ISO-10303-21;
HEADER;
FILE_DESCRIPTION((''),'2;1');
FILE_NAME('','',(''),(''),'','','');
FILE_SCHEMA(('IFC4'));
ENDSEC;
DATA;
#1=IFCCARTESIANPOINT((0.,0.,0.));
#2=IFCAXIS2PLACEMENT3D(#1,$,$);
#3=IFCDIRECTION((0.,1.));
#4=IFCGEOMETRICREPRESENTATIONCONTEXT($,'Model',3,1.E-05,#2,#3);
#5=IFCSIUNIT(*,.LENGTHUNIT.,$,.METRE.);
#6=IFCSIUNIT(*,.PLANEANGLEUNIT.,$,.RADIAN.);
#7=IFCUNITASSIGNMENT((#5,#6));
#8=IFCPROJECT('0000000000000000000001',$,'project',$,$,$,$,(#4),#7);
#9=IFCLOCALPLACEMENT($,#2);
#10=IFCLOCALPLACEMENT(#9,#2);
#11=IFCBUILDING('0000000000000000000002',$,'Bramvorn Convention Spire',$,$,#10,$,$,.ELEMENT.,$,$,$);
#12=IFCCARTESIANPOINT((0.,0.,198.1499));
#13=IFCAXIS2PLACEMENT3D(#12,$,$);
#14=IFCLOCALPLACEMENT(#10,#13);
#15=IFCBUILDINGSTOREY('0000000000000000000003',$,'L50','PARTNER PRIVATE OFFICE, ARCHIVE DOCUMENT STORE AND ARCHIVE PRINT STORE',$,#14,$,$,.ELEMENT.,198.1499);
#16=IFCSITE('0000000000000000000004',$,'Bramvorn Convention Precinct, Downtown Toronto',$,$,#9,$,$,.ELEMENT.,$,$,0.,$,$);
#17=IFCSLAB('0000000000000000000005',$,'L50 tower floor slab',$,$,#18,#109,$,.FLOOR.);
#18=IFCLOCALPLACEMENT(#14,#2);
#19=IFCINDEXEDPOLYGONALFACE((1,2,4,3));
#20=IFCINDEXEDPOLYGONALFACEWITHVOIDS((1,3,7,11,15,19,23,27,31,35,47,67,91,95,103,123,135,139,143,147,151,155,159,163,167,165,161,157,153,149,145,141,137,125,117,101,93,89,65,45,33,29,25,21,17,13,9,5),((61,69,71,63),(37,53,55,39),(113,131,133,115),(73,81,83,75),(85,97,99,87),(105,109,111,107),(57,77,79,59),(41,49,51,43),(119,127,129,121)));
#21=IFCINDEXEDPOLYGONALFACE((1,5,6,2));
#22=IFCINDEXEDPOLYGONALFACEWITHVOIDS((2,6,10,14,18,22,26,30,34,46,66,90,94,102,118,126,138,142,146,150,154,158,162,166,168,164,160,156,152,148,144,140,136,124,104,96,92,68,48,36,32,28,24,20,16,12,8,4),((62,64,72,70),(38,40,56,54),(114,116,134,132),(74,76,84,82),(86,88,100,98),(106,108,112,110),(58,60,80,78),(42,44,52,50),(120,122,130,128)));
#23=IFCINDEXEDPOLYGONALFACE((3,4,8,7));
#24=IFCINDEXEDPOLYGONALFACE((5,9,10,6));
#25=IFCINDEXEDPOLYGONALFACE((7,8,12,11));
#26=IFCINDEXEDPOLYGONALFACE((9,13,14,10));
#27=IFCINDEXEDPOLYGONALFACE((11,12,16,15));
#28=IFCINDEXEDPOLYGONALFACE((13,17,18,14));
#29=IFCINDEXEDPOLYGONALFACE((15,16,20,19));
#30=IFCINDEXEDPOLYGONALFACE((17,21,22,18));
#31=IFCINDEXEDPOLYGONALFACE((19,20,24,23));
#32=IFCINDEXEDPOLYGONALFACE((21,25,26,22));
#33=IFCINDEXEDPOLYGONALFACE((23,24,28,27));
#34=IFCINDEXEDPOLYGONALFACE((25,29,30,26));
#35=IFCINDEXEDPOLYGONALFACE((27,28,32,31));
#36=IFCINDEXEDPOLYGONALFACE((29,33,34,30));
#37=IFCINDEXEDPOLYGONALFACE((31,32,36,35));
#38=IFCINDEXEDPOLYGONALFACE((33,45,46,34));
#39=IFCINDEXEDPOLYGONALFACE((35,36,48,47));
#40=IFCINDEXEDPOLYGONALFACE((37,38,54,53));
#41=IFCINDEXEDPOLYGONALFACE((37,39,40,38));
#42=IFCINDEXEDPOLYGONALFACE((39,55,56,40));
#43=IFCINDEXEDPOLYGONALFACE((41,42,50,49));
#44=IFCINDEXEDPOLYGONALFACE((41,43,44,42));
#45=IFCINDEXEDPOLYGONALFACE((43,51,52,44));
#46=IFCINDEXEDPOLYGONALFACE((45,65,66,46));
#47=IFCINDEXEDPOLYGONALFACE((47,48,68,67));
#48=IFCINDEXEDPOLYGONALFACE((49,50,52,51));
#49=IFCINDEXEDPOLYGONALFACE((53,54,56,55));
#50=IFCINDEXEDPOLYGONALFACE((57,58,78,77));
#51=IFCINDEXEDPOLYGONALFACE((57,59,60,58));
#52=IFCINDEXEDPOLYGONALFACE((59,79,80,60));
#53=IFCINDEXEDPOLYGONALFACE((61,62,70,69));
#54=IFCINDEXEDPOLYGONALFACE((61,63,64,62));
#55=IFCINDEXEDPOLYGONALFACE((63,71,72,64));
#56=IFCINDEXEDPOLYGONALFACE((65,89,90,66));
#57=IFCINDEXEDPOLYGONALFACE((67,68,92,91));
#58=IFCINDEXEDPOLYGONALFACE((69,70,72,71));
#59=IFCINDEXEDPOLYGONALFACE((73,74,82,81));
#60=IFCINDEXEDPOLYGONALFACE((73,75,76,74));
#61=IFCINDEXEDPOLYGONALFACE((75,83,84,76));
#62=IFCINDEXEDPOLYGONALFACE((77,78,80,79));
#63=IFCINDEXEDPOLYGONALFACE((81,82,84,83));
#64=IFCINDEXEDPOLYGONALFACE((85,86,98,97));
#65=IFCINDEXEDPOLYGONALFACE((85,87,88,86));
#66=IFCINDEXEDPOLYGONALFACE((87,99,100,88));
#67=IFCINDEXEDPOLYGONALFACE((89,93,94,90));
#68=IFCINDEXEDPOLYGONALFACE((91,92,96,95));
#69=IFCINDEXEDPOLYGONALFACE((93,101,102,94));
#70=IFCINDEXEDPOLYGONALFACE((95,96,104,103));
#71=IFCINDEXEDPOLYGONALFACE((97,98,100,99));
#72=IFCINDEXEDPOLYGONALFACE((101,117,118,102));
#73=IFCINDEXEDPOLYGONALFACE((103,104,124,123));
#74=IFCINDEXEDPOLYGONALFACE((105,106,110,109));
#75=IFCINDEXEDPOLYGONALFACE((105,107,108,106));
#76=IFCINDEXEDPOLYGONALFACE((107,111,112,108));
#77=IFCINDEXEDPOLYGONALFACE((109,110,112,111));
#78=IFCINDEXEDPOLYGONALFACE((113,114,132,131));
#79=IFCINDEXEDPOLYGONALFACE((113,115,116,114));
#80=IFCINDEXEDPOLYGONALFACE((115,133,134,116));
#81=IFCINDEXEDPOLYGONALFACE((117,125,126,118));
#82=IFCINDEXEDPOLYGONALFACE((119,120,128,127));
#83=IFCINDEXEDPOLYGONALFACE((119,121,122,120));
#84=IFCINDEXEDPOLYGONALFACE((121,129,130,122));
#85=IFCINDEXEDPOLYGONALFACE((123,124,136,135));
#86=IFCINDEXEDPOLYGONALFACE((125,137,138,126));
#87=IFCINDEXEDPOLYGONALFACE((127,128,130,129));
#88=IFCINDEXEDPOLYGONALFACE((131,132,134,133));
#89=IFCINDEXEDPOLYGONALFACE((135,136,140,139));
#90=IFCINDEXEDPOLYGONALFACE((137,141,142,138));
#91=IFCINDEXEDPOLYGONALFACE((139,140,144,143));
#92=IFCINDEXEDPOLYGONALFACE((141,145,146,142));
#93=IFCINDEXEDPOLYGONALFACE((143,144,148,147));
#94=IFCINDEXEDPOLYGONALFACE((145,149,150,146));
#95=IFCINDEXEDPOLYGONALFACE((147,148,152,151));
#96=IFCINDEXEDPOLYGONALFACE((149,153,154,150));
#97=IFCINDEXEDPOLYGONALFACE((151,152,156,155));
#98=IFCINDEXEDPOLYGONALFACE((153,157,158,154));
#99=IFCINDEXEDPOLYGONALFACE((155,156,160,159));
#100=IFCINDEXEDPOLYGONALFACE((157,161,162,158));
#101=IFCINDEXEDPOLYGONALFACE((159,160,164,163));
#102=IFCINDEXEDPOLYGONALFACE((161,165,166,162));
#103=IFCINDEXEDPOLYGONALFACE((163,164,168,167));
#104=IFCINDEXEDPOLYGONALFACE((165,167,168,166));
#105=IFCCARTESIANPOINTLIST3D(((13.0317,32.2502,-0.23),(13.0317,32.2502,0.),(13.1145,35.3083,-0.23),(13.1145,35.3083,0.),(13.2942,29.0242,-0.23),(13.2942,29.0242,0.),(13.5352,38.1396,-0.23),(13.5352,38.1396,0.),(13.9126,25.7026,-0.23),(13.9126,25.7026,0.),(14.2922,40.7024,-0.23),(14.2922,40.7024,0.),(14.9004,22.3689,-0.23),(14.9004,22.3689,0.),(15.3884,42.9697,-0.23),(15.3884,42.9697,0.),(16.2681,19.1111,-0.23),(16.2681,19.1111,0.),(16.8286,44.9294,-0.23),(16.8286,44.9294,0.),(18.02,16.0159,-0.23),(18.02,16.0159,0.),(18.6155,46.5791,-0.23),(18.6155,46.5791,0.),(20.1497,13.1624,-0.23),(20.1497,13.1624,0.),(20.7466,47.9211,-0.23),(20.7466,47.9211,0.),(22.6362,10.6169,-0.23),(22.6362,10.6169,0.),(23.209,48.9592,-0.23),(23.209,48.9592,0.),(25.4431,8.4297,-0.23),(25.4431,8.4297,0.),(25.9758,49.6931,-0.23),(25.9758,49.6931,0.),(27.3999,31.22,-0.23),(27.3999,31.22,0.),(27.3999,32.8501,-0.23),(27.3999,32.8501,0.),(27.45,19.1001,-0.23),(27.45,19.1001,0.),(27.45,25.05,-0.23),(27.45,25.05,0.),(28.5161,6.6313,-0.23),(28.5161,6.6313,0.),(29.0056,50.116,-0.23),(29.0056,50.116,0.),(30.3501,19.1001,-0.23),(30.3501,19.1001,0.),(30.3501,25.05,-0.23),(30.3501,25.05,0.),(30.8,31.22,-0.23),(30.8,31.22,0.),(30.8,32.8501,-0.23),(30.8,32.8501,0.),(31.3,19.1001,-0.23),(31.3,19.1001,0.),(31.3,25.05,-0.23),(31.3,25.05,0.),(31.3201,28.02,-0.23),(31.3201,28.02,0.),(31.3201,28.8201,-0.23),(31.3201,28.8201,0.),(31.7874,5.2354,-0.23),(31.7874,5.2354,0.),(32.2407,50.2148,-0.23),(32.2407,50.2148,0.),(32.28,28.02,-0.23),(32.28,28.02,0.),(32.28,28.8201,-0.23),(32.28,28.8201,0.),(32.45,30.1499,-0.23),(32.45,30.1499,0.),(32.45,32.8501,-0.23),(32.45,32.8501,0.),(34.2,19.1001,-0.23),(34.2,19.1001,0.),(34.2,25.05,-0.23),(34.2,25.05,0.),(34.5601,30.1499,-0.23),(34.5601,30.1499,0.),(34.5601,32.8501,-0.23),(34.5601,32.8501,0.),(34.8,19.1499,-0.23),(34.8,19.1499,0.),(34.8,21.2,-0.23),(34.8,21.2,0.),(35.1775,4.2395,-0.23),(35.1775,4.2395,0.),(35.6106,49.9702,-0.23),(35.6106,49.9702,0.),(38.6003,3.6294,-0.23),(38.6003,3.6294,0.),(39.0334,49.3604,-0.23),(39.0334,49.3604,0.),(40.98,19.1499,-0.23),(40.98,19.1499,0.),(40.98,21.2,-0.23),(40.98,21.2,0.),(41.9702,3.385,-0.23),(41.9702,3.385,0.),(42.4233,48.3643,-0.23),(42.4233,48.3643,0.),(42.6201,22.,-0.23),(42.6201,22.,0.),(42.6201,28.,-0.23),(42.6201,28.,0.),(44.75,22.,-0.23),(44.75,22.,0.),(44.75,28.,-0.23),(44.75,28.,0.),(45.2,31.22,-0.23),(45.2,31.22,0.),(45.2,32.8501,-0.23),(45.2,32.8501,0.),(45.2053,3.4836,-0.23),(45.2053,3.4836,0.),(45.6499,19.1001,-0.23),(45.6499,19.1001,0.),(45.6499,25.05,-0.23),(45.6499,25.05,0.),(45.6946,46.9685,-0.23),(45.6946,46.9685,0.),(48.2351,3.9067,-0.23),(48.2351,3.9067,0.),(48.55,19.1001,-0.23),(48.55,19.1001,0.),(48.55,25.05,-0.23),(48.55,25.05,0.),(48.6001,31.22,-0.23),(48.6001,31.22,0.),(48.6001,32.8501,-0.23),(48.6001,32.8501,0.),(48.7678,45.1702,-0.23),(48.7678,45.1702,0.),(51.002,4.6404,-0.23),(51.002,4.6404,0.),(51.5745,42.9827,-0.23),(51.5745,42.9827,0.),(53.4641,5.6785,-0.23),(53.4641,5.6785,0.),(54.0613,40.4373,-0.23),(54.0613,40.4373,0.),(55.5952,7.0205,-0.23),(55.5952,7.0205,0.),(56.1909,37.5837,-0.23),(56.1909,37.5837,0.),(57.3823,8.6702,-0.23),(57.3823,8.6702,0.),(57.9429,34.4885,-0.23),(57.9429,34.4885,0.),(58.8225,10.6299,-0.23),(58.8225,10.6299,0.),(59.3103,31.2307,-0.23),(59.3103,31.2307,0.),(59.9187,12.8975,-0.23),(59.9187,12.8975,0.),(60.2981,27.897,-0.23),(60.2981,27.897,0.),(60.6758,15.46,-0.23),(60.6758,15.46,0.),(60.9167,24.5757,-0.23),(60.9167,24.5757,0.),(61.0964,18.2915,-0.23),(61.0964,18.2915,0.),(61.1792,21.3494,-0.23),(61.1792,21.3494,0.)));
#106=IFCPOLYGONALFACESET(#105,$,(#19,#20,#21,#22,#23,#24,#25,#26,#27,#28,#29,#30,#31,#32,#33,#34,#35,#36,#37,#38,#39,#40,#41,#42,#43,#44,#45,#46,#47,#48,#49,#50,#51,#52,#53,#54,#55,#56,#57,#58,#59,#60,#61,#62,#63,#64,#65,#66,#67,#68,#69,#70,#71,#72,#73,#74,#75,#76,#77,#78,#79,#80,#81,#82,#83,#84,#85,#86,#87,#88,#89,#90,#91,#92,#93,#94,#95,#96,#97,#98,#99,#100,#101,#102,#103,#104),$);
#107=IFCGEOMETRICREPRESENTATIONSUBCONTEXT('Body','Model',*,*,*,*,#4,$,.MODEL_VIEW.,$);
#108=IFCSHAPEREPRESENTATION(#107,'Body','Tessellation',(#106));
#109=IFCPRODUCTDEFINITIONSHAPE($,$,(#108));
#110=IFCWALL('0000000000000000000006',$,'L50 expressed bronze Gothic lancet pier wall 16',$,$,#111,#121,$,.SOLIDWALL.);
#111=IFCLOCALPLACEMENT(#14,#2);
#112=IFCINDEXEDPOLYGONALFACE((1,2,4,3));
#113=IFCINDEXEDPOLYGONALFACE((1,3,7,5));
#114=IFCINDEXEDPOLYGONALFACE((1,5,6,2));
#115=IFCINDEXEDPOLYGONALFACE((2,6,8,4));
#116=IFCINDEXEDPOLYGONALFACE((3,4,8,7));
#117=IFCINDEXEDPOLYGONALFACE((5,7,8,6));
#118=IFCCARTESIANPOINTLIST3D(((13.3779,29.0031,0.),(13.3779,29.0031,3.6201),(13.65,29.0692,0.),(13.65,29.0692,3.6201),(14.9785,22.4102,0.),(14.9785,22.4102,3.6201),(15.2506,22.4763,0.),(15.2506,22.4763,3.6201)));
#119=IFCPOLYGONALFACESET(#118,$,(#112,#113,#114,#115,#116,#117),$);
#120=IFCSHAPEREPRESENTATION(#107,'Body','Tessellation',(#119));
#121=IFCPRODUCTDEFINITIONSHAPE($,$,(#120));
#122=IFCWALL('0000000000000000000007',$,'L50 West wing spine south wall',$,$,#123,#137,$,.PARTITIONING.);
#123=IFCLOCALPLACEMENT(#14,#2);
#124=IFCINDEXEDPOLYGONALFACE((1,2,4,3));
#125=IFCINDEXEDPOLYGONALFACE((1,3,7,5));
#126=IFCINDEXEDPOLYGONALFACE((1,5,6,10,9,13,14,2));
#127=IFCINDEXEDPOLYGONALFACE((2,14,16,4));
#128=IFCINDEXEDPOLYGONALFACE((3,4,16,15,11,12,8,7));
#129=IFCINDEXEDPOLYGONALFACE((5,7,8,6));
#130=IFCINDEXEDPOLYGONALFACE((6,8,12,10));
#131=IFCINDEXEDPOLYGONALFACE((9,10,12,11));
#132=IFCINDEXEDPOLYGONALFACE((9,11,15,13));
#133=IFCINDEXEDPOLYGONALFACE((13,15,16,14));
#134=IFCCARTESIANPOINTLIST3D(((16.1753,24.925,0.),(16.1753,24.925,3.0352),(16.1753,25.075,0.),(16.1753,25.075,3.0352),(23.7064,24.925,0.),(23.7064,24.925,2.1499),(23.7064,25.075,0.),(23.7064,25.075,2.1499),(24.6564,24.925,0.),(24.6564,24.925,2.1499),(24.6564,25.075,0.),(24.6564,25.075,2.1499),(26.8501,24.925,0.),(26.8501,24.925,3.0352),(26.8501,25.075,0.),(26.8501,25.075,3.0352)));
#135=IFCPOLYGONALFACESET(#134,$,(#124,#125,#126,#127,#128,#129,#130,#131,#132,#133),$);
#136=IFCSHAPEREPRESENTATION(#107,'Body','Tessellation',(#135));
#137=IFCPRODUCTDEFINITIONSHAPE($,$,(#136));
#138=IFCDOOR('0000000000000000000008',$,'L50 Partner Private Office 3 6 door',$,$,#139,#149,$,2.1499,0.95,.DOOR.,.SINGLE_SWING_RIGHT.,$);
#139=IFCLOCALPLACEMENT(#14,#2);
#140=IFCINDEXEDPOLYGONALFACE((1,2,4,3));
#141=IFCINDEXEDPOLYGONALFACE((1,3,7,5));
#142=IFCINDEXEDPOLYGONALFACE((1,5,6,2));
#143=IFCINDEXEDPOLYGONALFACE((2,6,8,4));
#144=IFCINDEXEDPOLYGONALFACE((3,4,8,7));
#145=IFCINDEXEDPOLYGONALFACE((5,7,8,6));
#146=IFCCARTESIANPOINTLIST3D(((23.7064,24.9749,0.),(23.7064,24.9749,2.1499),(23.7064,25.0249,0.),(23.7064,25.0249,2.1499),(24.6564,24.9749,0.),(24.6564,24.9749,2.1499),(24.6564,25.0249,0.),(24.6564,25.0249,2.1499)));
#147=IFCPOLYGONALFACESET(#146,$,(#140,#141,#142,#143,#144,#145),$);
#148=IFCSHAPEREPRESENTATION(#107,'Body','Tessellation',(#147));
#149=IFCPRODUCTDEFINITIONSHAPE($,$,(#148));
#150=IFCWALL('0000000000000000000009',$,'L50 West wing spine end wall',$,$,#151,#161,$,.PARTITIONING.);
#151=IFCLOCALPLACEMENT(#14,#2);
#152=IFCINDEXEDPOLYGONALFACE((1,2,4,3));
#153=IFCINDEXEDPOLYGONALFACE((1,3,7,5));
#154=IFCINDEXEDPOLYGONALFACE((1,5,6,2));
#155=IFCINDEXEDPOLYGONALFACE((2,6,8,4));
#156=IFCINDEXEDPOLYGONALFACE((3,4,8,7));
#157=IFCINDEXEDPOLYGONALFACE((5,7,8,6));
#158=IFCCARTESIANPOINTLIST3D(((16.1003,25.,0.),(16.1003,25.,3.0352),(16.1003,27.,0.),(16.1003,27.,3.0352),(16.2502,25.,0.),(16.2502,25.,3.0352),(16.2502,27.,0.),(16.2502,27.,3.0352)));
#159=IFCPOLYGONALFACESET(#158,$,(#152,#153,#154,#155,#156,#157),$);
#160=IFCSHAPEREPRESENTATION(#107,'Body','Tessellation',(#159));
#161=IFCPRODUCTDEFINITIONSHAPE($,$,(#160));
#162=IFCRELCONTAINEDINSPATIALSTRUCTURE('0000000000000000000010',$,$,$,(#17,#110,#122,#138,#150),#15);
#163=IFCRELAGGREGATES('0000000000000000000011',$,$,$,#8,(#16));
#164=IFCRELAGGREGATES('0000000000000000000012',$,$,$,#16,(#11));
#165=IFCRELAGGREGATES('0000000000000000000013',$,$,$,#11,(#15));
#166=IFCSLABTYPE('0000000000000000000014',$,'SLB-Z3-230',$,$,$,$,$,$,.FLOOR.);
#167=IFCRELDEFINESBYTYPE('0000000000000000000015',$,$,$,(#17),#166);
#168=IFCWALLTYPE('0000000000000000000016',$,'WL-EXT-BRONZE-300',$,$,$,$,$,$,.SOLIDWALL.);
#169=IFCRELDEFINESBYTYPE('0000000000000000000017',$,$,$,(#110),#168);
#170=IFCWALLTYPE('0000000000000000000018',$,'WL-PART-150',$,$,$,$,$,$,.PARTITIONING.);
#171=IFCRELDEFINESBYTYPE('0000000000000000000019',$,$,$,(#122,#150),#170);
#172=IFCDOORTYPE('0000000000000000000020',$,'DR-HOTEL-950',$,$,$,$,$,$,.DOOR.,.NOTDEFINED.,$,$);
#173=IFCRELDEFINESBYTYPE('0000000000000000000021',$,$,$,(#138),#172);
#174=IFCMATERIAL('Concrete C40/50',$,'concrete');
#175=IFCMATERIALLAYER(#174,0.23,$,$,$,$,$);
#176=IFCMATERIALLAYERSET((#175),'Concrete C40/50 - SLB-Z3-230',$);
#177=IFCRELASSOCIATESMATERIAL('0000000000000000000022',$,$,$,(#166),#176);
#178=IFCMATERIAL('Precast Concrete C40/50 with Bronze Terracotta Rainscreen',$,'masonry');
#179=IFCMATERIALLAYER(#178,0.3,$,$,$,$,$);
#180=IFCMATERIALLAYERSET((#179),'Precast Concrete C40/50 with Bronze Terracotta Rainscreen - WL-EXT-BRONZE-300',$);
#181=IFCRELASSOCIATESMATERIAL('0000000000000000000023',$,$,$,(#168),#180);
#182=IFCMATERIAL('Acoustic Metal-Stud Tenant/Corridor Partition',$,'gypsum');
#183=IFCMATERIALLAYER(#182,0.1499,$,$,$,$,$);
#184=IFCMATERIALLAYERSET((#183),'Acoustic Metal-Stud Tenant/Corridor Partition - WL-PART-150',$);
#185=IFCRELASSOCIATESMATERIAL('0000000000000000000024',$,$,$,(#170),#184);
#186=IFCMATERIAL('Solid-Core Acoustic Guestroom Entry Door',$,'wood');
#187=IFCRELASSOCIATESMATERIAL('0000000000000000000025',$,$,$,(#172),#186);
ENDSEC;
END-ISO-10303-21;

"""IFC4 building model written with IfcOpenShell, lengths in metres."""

from ifc_helpers import new_model, si_unit, direction, frame, frame_2d, origin, place, context, subcontext, project, spatial, polyline, rectangle, outline, extrude, material, layer, layer_set, type_object, element, fill, save


model = new_model("IFC4")

# Units and contexts
model_context = context("Model", 3, precision=1e-05, world=origin(), true_north=direction((0.0, 1.0)))
body_context = subcontext(model_context, "Body", "Model", "MODEL_VIEW")
ifc_project = project(units=[si_unit("LENGTHUNIT", "METRE"), si_unit("PLANEANGLEUNIT", "RADIAN")], contexts=[model_context])

# Site, building, storey
site_placement = place(None, origin())
site = spatial("IfcSite", under=ifc_project, at=site_placement, Name="Bramvorn Convention Precinct, Downtown Toronto", CompositionType="ELEMENT", RefElevation=0.0)
building_placement = place(site_placement, origin())
building = spatial("IfcBuilding", under=site, at=building_placement, Name="Bramvorn Convention Spire", CompositionType="ELEMENT")
storey_placement = place(building_placement, frame((0.0, 0.0, 198.1499)))
storey = spatial("IfcBuildingStorey", under=building, at=storey_placement, Name="L50", Description="PARTNER PRIVATE OFFICE, ARCHIVE DOCUMENT STORE AND ARCHIVE PRINT STORE", CompositionType="ELEMENT", Elevation=198.1499)

# Slab
ifc_material_1 = material(Name="Concrete C40/50", Category="concrete")
ifc_layer_1 = layer(ifc_material_1, 0.23)
ifc_layer_set_1 = layer_set([ifc_layer_1], Name="Concrete C40/50 - SLB-Z3-230")
slab_type_1 = type_object("IfcSlabType", Name="SLB-Z3-230", PredefinedType="FLOOR", material=ifc_layer_set_1)
slab_1_placement = place(storey_placement, frame((0.0, 0.0, -0.23)))
element("IfcSlab", 1, at=slab_1_placement, inside=storey, type_object=slab_type_1, Name="L50 tower floor slab", PredefinedType="FLOOR", context=body_context, shape_type="SweptSolid", body=[
    extrude(outline(polyline([(57.3823, 8.6702), (58.8225, 10.6299), (59.9187, 12.8975), (60.6758, 15.46), (61.0964, 18.2915), (61.1792, 21.3494), (60.9167, 24.5757), (60.2981, 27.897), (59.3103, 31.2307), (57.9429, 34.4885), (56.1909, 37.5837), (54.0613, 40.4373), (51.5745, 42.9827), (48.7678, 45.1702), (45.6946, 46.9685), (42.4233, 48.3643), (39.0334, 49.3604), (35.6106, 49.9702), (32.2407, 50.2148), (29.0056, 50.116), (25.9758, 49.6931), (23.209, 48.9592), (20.7466, 47.9211), (18.6155, 46.5791), (16.8286, 44.9294), (15.3884, 42.9697), (14.2922, 40.7024), (13.5352, 38.1396), (13.1145, 35.3083), (13.0317, 32.2502), (13.2942, 29.0242), (13.9126, 25.7026), (14.9004, 22.3689), (16.2681, 19.1111), (18.02, 16.0159), (20.1497, 13.1624), (22.6362, 10.6169), (25.4431, 8.4297), (28.5161, 6.6313), (31.7874, 5.2354), (35.1775, 4.2395), (38.6003, 3.6294), (41.9702, 3.385), (45.2053, 3.4836), (48.2351, 3.9067), (51.002, 4.6404), (53.4641, 5.6785), (55.5952, 7.0205), (57.3823, 8.6702)]), holes=[polyline([(27.45, 25.05), (27.45, 19.1001), (30.3501, 19.1001), (30.3501, 25.05), (27.45, 25.05)]), polyline([(45.6499, 25.05), (45.6499, 19.1001), (48.55, 19.1001), (48.55, 25.05), (45.6499, 25.05)]), polyline([(31.3, 25.05), (31.3, 19.1001), (34.2, 19.1001), (34.2, 25.05), (31.3, 25.05)]), polyline([(27.3999, 31.22), (30.8, 31.22), (30.8, 32.8501), (27.3999, 32.8501), (27.3999, 31.22)]), polyline([(45.2, 31.22), (48.6001, 31.22), (48.6001, 32.8501), (45.2, 32.8501), (45.2, 31.22)]), polyline([(32.45, 30.1499), (34.5601, 30.1499), (34.5601, 32.8501), (32.45, 32.8501), (32.45, 30.1499)]), polyline([(34.8, 19.1499), (40.98, 19.1499), (40.98, 21.2), (34.8, 21.2), (34.8, 19.1499)]), polyline([(42.6201, 22.0), (44.75, 22.0), (44.75, 28.0), (42.6201, 28.0), (42.6201, 22.0)]), polyline([(31.3201, 28.02), (32.28, 28.02), (32.28, 28.8201), (31.3201, 28.8201), (31.3201, 28.02)])]), origin(), (0.0, 0.0, 1.0), 0.23),
])

# Wall
ifc_material_2 = material(Name="Precast Concrete C40/50 with Bronze Terracotta Rainscreen", Category="masonry")
ifc_layer_2 = layer(ifc_material_2, 0.3)
ifc_layer_set_2 = layer_set([ifc_layer_2], Name="Precast Concrete C40/50 with Bronze Terracotta Rainscreen - WL-EXT-BRONZE-300")
wall_type_1 = type_object("IfcWallType", Name="WL-EXT-BRONZE-300", PredefinedType="SOLIDWALL", material=ifc_layer_set_2)
wall_1_placement = place(storey_placement, frame((15.1145, 22.4434, 0.0), z_axis=(0.0, 0.0, 1.0), x_axis=(-0.235917, 0.971773, 0.0)))
element("IfcWall", 2, at=wall_1_placement, inside=storey, type_object=wall_type_1, Name="L50 expressed bronze Gothic lancet pier wall 16", PredefinedType="SOLIDWALL", context=body_context, shape_type="SweptSolid", body=[
    extrude(rectangle(XDim=6.7844, YDim=0.28, at=frame_2d((3.3921, 0.0))), origin(), (0.0, 0.0, 1.0), 3.6201),
])

# Wall, opening, door
ifc_material_3 = material(Name="Acoustic Metal-Stud Tenant/Corridor Partition", Category="gypsum")
ifc_layer_3 = layer(ifc_material_3, 0.1499)
ifc_layer_set_3 = layer_set([ifc_layer_3], Name="Acoustic Metal-Stud Tenant/Corridor Partition - WL-PART-150")
wall_type_2 = type_object("IfcWallType", Name="WL-PART-150", PredefinedType="PARTITIONING", material=ifc_layer_set_3)
wall_2_placement = place(storey_placement, frame((16.1753, 25.0, 0.0), z_axis=(0.0, 0.0, 1.0), x_axis=(1.0, 0.0, 0.0)))
wall_2 = element("IfcWall", 3, at=wall_2_placement, inside=storey, type_object=wall_type_2, Name="L50 West wing spine south wall", PredefinedType="PARTITIONING", context=body_context, shape_type="SweptSolid", body=[
    extrude(rectangle(XDim=10.6748, YDim=0.1499, at=frame_2d((5.3374, 0.0))), origin(), (0.0, 0.0, 1.0), 3.0352),
])
opening_placement = place(wall_2_placement, frame((7.531, 0.0, 0.0)))
opening = element("IfcOpeningElement", 4, at=opening_placement, cuts=wall_2, PredefinedType="OPENING", context=body_context, shape_type="SweptSolid", body=[
    extrude(rectangle(XDim=0.95, YDim=2.1499, at=frame_2d((0.4751, 1.075))), frame((0.0, 0.085, 0.0), z_axis=(0.0, -1.0, 0.0), x_axis=(1.0, 0.0, 0.0)), (0.0, 0.0, 1.0), 0.1699),
])
ifc_material_4 = material(Name="Solid-Core Acoustic Guestroom Entry Door", Category="wood")
door_type = type_object("IfcDoorType", Name="DR-HOTEL-950", OperationType="NOTDEFINED", PredefinedType="DOOR", material=ifc_material_4)
door_placement = place(opening_placement, origin())
door = element("IfcDoor", 5, at=door_placement, inside=storey, type_object=door_type, Name="L50 Partner Private Office 3 6 door", OperationType="SINGLE_SWING_RIGHT", OverallHeight=2.1499, OverallWidth=0.95, PredefinedType="DOOR", context=body_context, shape_type="SweptSolid", body=[
    extrude(rectangle(XDim=0.95, YDim=2.1499, at=frame_2d((0.4751, 1.075))), frame((0.0, 0.0249, 0.0), z_axis=(0.0, -1.0, 0.0), x_axis=(1.0, 0.0, 0.0)), (0.0, 0.0, 1.0), 0.05),
])
fill(opening, door)

# Wall
wall_3_placement = place(storey_placement, frame((16.1753, 25.0, 0.0), z_axis=(0.0, 0.0, 1.0), x_axis=(0.0, 1.0, 0.0)))
element("IfcWall", 6, at=wall_3_placement, inside=storey, type_object=wall_type_2, Name="L50 West wing spine end wall", PredefinedType="PARTITIONING", context=body_context, shape_type="SweptSolid", body=[
    extrude(rectangle(XDim=2.0, YDim=0.1499, at=frame_2d((1.0, 0.0))), origin(), (0.0, 0.0, 1.0), 3.0352),
])

save(model, "model.ifc")
